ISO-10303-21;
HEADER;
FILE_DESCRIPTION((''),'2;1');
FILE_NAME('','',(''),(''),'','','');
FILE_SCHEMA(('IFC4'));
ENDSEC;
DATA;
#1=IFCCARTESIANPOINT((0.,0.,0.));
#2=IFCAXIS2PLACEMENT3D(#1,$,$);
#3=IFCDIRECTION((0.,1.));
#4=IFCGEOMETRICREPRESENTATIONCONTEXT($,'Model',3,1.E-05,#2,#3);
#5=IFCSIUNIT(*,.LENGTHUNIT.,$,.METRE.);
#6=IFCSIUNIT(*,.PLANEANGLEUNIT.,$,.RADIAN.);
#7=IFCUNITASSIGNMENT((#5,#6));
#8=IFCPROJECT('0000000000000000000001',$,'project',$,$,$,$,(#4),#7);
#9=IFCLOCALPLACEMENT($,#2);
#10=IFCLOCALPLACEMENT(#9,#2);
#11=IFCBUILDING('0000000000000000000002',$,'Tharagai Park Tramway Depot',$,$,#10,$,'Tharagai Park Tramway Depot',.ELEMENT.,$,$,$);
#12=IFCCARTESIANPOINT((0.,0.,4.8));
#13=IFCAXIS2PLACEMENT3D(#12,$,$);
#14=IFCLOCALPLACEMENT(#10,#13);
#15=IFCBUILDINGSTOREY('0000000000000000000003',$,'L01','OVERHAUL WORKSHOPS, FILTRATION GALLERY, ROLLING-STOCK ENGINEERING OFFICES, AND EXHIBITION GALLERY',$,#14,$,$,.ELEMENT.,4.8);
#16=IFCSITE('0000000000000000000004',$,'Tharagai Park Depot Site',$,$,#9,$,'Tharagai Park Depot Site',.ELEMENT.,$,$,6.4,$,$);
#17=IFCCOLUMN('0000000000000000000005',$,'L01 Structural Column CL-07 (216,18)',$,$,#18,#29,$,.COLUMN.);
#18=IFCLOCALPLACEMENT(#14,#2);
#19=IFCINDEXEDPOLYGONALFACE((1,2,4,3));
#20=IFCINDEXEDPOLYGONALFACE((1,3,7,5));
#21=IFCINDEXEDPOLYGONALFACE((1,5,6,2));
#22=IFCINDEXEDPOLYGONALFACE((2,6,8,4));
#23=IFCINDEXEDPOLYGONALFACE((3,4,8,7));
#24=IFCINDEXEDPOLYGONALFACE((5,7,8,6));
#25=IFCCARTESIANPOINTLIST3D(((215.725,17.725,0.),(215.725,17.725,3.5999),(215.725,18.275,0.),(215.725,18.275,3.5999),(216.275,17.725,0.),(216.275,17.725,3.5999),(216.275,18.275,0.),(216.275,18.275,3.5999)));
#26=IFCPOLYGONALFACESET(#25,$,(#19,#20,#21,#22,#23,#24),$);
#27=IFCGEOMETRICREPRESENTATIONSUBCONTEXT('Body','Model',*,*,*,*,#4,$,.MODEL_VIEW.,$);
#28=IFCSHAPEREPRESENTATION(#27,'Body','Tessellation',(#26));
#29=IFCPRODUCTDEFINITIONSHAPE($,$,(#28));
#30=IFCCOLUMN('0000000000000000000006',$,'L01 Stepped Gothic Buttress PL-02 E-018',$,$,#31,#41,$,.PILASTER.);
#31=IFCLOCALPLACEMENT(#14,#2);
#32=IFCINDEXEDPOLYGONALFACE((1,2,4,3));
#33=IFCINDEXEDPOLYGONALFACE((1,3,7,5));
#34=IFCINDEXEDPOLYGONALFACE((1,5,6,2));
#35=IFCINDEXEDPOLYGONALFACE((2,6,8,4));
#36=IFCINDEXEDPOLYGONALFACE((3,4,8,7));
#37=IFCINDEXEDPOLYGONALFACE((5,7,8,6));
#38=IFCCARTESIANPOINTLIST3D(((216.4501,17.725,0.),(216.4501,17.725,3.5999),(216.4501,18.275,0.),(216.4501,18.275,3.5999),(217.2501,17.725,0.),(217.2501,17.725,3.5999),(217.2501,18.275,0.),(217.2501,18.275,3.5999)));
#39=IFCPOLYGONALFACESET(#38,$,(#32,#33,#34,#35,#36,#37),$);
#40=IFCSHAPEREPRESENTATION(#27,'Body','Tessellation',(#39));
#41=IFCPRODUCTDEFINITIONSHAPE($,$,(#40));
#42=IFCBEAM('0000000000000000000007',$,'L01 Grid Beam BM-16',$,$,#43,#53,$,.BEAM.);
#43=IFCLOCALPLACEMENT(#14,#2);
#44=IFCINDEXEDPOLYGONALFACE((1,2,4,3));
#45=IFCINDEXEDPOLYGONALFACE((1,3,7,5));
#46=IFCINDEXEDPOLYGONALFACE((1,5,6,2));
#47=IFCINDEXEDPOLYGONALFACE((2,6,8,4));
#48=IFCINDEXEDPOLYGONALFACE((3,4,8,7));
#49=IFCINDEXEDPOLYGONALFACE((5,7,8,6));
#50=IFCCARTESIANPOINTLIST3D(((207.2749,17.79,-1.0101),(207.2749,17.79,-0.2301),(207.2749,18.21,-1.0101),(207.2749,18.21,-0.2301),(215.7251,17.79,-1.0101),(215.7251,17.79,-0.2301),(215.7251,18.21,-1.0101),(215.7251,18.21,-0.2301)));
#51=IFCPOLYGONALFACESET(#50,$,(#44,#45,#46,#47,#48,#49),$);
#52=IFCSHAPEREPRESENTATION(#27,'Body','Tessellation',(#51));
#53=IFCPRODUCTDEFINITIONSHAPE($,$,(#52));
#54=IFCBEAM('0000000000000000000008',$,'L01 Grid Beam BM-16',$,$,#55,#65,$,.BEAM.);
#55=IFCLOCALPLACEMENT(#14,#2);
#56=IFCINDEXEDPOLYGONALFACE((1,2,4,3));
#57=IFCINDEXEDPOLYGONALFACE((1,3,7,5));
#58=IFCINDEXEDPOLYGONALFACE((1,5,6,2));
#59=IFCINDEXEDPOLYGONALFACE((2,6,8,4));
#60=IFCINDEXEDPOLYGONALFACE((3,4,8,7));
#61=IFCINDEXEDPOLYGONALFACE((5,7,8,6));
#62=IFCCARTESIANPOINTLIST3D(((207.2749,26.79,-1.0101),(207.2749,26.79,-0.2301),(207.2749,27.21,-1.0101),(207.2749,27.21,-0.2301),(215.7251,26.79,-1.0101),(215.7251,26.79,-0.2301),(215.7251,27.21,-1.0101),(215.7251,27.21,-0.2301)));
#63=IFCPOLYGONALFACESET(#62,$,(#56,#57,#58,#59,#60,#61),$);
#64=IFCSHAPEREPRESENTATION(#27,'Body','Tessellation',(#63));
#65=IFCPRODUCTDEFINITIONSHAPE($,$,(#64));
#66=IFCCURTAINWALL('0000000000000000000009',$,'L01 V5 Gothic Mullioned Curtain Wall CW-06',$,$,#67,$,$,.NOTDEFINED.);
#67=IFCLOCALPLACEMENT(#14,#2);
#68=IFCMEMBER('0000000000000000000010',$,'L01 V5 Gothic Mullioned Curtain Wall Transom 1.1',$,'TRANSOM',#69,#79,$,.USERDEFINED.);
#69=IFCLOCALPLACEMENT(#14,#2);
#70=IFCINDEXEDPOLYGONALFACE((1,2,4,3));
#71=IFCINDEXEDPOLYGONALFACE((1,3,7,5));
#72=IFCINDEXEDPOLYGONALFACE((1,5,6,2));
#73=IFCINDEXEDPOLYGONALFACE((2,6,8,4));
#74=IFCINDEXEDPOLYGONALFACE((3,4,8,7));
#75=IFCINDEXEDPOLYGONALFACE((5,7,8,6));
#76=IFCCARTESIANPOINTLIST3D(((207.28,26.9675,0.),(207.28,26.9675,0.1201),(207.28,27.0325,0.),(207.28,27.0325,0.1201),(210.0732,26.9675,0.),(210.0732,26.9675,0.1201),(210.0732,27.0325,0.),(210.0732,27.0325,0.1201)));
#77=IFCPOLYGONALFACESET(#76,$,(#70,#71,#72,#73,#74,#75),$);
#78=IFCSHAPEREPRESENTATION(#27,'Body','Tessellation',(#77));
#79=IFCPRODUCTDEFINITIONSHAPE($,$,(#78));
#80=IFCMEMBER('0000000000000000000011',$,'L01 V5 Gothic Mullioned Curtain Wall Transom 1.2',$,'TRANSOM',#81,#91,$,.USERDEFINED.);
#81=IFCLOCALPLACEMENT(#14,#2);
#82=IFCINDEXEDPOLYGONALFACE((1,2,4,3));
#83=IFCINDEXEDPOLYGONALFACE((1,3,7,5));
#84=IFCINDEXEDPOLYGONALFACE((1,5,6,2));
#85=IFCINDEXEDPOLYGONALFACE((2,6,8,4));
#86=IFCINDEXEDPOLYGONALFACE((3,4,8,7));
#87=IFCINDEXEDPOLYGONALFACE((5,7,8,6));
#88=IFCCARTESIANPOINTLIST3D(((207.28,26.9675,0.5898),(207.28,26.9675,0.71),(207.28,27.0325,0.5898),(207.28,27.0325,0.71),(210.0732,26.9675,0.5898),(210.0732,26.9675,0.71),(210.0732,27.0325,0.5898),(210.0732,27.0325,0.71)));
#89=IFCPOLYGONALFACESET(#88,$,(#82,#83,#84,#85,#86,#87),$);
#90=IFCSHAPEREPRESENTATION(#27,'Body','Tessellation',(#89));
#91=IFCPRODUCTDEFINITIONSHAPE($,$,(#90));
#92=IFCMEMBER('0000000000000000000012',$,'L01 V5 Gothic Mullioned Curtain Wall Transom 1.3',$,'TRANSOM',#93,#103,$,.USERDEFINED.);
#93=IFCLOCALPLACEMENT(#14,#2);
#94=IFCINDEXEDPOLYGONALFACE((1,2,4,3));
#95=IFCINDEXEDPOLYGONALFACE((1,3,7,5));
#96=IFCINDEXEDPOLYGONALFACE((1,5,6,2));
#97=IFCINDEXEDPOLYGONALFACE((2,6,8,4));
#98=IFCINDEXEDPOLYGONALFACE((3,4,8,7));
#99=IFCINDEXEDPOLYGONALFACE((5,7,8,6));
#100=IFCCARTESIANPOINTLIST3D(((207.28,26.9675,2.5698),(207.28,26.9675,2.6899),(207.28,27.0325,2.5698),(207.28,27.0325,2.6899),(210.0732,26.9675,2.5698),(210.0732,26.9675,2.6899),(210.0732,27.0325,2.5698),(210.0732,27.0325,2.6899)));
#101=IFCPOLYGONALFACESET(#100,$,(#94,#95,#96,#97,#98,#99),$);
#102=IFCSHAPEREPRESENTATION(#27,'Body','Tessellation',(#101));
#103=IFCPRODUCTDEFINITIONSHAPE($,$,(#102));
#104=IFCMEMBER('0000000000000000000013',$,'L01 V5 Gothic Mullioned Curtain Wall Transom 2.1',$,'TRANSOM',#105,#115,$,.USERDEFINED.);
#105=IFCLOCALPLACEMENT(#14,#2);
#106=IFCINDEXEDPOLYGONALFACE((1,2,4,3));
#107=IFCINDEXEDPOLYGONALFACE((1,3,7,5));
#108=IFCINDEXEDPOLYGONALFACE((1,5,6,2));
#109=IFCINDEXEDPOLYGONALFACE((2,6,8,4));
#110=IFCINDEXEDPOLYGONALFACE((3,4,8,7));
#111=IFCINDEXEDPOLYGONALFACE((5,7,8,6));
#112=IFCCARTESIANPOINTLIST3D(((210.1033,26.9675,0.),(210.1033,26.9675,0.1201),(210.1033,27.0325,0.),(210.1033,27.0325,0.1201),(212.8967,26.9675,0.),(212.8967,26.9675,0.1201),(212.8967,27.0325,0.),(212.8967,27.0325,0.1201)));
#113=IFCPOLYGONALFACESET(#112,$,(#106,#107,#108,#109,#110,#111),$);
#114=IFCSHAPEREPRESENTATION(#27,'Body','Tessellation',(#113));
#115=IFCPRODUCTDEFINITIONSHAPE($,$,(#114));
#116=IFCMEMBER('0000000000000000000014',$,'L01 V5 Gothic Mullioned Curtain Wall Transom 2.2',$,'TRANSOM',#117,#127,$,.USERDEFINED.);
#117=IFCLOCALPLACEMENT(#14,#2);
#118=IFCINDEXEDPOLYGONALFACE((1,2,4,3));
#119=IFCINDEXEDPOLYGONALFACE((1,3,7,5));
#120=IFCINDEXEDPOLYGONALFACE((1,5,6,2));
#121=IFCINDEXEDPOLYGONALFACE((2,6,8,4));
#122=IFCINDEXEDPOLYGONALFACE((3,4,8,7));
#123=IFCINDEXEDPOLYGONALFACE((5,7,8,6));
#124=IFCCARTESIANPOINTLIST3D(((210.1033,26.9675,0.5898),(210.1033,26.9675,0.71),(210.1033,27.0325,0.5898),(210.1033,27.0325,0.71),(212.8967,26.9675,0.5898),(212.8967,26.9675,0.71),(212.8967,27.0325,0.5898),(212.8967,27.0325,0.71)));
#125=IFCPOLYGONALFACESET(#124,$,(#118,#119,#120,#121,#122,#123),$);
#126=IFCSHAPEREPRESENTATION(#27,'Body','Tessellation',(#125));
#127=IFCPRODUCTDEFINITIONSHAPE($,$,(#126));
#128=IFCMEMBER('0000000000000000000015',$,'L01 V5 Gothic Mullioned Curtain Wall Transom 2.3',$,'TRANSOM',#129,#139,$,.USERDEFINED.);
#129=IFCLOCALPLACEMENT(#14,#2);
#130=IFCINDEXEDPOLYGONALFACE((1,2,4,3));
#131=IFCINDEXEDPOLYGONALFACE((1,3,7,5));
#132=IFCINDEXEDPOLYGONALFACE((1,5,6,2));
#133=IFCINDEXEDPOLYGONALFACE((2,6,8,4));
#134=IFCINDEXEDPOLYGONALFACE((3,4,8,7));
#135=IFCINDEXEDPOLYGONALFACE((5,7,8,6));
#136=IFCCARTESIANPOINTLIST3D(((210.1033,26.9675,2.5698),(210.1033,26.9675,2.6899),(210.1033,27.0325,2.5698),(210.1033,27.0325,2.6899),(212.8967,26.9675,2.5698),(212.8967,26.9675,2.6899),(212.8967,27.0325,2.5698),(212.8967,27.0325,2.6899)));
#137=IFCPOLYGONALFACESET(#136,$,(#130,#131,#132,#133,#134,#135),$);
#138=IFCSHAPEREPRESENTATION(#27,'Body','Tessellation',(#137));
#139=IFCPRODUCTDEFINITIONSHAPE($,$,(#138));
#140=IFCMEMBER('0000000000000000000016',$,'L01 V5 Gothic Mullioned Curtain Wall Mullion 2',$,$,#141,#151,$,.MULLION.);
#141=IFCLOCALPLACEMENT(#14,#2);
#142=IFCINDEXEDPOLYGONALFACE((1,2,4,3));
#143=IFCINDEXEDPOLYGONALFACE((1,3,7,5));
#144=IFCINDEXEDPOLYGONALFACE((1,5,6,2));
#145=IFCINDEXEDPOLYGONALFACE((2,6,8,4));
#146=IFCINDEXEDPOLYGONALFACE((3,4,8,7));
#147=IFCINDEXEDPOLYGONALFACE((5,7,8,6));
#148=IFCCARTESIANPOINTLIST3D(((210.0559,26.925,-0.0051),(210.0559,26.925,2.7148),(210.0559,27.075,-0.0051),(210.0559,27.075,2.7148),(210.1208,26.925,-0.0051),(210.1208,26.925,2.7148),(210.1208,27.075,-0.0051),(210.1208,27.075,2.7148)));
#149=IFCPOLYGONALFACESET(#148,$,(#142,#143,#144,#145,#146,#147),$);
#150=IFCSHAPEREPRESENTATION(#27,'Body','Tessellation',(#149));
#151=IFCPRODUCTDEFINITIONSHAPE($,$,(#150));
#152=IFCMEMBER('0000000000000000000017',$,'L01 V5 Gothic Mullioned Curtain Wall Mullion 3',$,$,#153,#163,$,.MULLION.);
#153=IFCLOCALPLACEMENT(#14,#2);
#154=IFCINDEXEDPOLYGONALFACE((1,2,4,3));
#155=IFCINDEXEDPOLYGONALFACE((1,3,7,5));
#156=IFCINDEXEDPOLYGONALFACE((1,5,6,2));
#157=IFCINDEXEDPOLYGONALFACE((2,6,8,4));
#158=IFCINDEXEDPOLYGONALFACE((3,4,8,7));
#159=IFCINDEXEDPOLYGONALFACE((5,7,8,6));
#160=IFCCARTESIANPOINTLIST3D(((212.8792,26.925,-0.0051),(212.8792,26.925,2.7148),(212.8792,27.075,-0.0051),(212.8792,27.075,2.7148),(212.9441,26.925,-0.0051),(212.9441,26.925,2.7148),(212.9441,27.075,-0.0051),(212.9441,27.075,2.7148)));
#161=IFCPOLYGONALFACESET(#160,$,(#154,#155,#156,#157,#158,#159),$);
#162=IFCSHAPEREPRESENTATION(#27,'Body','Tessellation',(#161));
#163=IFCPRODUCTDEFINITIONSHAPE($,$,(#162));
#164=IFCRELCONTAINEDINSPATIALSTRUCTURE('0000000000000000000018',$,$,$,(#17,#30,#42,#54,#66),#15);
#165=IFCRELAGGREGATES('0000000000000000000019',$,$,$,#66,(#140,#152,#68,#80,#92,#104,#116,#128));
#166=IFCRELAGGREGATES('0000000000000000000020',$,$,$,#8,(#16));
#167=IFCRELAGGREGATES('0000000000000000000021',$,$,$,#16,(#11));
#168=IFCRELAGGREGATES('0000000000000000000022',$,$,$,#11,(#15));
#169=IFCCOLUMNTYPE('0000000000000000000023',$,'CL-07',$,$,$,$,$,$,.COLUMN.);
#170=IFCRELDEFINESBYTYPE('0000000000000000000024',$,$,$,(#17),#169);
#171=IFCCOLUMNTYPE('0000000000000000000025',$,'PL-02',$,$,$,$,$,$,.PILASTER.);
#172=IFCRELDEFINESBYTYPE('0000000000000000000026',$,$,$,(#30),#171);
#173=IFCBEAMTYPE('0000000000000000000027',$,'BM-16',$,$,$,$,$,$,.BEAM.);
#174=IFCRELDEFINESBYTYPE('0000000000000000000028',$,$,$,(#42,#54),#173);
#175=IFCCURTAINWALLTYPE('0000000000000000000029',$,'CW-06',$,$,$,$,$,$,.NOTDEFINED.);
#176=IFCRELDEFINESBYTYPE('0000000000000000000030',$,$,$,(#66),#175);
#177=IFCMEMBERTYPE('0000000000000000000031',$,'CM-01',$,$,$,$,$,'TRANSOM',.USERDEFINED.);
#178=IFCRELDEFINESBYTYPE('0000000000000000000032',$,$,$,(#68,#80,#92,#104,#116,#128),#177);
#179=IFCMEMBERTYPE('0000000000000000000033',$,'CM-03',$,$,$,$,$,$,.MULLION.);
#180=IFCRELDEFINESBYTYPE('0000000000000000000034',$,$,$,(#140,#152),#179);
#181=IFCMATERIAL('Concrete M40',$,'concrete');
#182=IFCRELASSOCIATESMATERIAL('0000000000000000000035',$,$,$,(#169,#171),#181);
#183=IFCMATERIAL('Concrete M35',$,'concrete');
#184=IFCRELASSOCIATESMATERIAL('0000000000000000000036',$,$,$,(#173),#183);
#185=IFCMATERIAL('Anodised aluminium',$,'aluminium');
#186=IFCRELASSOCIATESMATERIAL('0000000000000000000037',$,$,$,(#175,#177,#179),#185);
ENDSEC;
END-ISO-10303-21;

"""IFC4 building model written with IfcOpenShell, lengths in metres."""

from ifc_helpers import new_model, si_unit, direction, frame, origin, origin_2d, place, context, subcontext, project, spatial, rectangle, extrude, material, material_profile, profile_set, type_object, element, aggregate, save


model = new_model("IFC4")

# Units and contexts
model_context = context("Model", 3, precision=1e-05, world=origin(), true_north=direction((0.0, 1.0)))
body_context = subcontext(model_context, "Body", "Model", "MODEL_VIEW")
ifc_project = project(units=[si_unit("LENGTHUNIT", "METRE"), si_unit("PLANEANGLEUNIT", "RADIAN")], contexts=[model_context])

# Site, building, storey
site_placement = place(None, origin())
site = spatial("IfcSite", under=ifc_project, at=site_placement, Name="Tharagai Park Depot Site", LongName="Tharagai Park Depot Site", CompositionType="ELEMENT", RefElevation=6.4)
building_placement = place(site_placement, origin())
building = spatial("IfcBuilding", under=site, at=building_placement, Name="Tharagai Park Tramway Depot", LongName="Tharagai Park Tramway Depot", CompositionType="ELEMENT")
storey_placement = place(building_placement, frame((0.0, 0.0, 4.8)))
storey = spatial("IfcBuildingStorey", under=building, at=storey_placement, Name="L01", Description="OVERHAUL WORKSHOPS, FILTRATION GALLERY, ROLLING-STOCK ENGINEERING OFFICES, AND EXHIBITION GALLERY", CompositionType="ELEMENT", Elevation=4.8)

# Columns
ifc_material_1 = material(Name="Concrete M40", Category="concrete")
ifc_material_profile_1 = material_profile(ifc_material_1, rectangle(XDim=0.55, YDim=0.55, at=origin_2d()), Name="RC 550x550")
ifc_profile_set_1 = profile_set([ifc_material_profile_1], Name="Concrete M40")
column_type_1 = type_object("IfcColumnType", Name="CL-07", PredefinedType="COLUMN", material=ifc_profile_set_1)
column_1_placement = place(storey_placement, frame((216.0, 18.0, 0.0), z_axis=(0.0, 0.0, 1.0), x_axis=(1.0, 0.0, 0.0)))
element("IfcColumn", 1, at=column_1_placement, inside=storey, type_object=column_type_1, Name="L01 Structural Column CL-07 (216,18)", PredefinedType="COLUMN", context=body_context, shape_type="SweptSolid", body=[
    extrude(rectangle(XDim=0.55, YDim=0.55, at=origin_2d()), origin(), (0.0, 0.0, 1.0), 3.5999),
])
ifc_material_profile_2 = material_profile(ifc_material_1, rectangle(XDim=0.55, YDim=0.8, at=origin_2d()), Name="RC 550x800")
ifc_profile_set_2 = profile_set([ifc_material_profile_2], Name="Concrete M40")
column_type_2 = type_object("IfcColumnType", Name="PL-02", PredefinedType="PILASTER", material=ifc_profile_set_2)
column_2_placement = place(storey_placement, frame((216.8501, 18.0, 0.0), z_axis=(0.0, 0.0, 1.0), x_axis=(0.0, 1.0, 0.0)))
element("IfcColumn", 2, at=column_2_placement, inside=storey, type_object=column_type_2, Name="L01 Stepped Gothic Buttress PL-02 E-018", PredefinedType="PILASTER", context=body_context, shape_type="SweptSolid", body=[
    extrude(rectangle(XDim=0.55, YDim=0.8, at=origin_2d()), origin(), (0.0, 0.0, 1.0), 3.5999),
])

# Beams
ifc_material_2 = material(Name="Concrete M35", Category="concrete")
ifc_material_profile_3 = material_profile(ifc_material_2, rectangle(XDim=0.4199, YDim=0.78, at=origin_2d()), Name="RC 420x780")
ifc_profile_set_3 = profile_set([ifc_material_profile_3], Name="Concrete M35")
beam_type_1 = type_object("IfcBeamType", Name="BM-16", PredefinedType="BEAM", material=ifc_profile_set_3)
for number, where, z_axis, x_axis, name in (
    (3, (207.2749, 18.0, -0.6201), (1.0, 0.0, 0.0), (0.0, 1.0, 0.0), "L01 Grid Beam BM-16"),
    (4, (207.2749, 27.0, -0.6201), (1.0, 0.0, 0.0), (0.0, 1.0, 0.0), "L01 Grid Beam BM-16"),
):
    element("IfcBeam", number, at=place(storey_placement, frame(where, z_axis=z_axis, x_axis=x_axis)), inside=storey, type_object=beam_type_1, Name=name, PredefinedType="BEAM", context=body_context, shape_type="SweptSolid", body=[
        extrude(rectangle(XDim=0.4199, YDim=0.78, at=origin_2d()), origin(), (0.0, 0.0, 1.0), 8.4502),
    ])

# Curtain wall, members
ifc_material_3 = material(Name="Anodised aluminium", Category="aluminium")
curtain_wall_type = type_object("IfcCurtainWallType", Name="CW-06", PredefinedType="NOTDEFINED", material=ifc_material_3)
curtain_wall_placement = place(storey_placement, origin())
curtain_wall = element("IfcCurtainWall", 5, at=curtain_wall_placement, inside=storey, type_object=curtain_wall_type, Name="L01 V5 Gothic Mullioned Curtain Wall CW-06", PredefinedType="NOTDEFINED")
ifc_material_profile_4 = material_profile(ifc_material_3, rectangle(XDim=0.0649, YDim=0.1201, at=origin_2d()), Name="ALU 65x120")
ifc_profile_set_4 = profile_set([ifc_material_profile_4], Name="Anodised aluminium")
member_type_1 = type_object("IfcMemberType", Name="CM-01", ElementType="TRANSOM", PredefinedType="USERDEFINED", material=ifc_profile_set_4)
member_1_placement = place(storey_placement, frame((207.28, 27.0, 0.0601), z_axis=(1.0, 0.0, 0.0), x_axis=(0.0, 1.0, 0.0)))
member_1 = element("IfcMember", 6, at=member_1_placement, type_object=member_type_1, Name="L01 V5 Gothic Mullioned Curtain Wall Transom 1.1", ObjectType="TRANSOM", PredefinedType="USERDEFINED", context=body_context, shape_type="SweptSolid", body=[
    extrude(rectangle(XDim=0.0649, YDim=0.1201, at=origin_2d()), origin(), (0.0, 0.0, 1.0), 2.7932),
])
member_2_placement = place(storey_placement, frame((207.28, 27.0, 0.6499), z_axis=(1.0, 0.0, 0.0), x_axis=(0.0, 1.0, 0.0)))
member_2 = element("IfcMember", 7, at=member_2_placement, type_object=member_type_1, Name="L01 V5 Gothic Mullioned Curtain Wall Transom 1.2", ObjectType="TRANSOM", PredefinedType="USERDEFINED", context=body_context, shape_type="SweptSolid", body=[
    extrude(rectangle(XDim=0.0649, YDim=0.1201, at=origin_2d()), origin(), (0.0, 0.0, 1.0), 2.7932),
])
member_3_placement = place(storey_placement, frame((207.28, 27.0, 2.6299), z_axis=(1.0, 0.0, 0.0), x_axis=(0.0, 1.0, 0.0)))
member_3 = element("IfcMember", 8, at=member_3_placement, type_object=member_type_1, Name="L01 V5 Gothic Mullioned Curtain Wall Transom 1.3", ObjectType="TRANSOM", PredefinedType="USERDEFINED", context=body_context, shape_type="SweptSolid", body=[
    extrude(rectangle(XDim=0.0649, YDim=0.1201, at=origin_2d()), origin(), (0.0, 0.0, 1.0), 2.7932),
])
member_4_placement = place(storey_placement, frame((210.1033, 27.0, 0.0601), z_axis=(1.0, 0.0, 0.0), x_axis=(0.0, 1.0, 0.0)))
member_4 = element("IfcMember", 9, at=member_4_placement, type_object=member_type_1, Name="L01 V5 Gothic Mullioned Curtain Wall Transom 2.1", ObjectType="TRANSOM", PredefinedType="USERDEFINED", context=body_context, shape_type="SweptSolid", body=[
    extrude(rectangle(XDim=0.0649, YDim=0.1201, at=origin_2d()), origin(), (0.0, 0.0, 1.0), 2.7935),
])
member_5_placement = place(storey_placement, frame((210.1033, 27.0, 0.6499), z_axis=(1.0, 0.0, 0.0), x_axis=(0.0, 1.0, 0.0)))
member_5 = element("IfcMember", 10, at=member_5_placement, type_object=member_type_1, Name="L01 V5 Gothic Mullioned Curtain Wall Transom 2.2", ObjectType="TRANSOM", PredefinedType="USERDEFINED", context=body_context, shape_type="SweptSolid", body=[
    extrude(rectangle(XDim=0.0649, YDim=0.1201, at=origin_2d()), origin(), (0.0, 0.0, 1.0), 2.7935),
])
member_6_placement = place(storey_placement, frame((210.1033, 27.0, 2.6299), z_axis=(1.0, 0.0, 0.0), x_axis=(0.0, 1.0, 0.0)))
member_6 = element("IfcMember", 11, at=member_6_placement, type_object=member_type_1, Name="L01 V5 Gothic Mullioned Curtain Wall Transom 2.3", ObjectType="TRANSOM", PredefinedType="USERDEFINED", context=body_context, shape_type="SweptSolid", body=[
    extrude(rectangle(XDim=0.0649, YDim=0.1201, at=origin_2d()), origin(), (0.0, 0.0, 1.0), 2.7935),
])
ifc_material_profile_5 = material_profile(ifc_material_3, rectangle(XDim=0.0649, YDim=0.1499, at=origin_2d()), Name="ALU 65x150")
ifc_profile_set_5 = profile_set([ifc_material_profile_5], Name="Anodised aluminium")
member_type_2 = type_object("IfcMemberType", Name="CM-03", PredefinedType="MULLION", material=ifc_profile_set_5)
member_7_placement = place(storey_placement, frame((210.0884, 27.0, -0.0051), z_axis=(0.0, 0.0, 1.0), x_axis=(1.0, 0.0, 0.0)))
member_7 = element("IfcMember", 12, at=member_7_placement, type_object=member_type_2, Name="L01 V5 Gothic Mullioned Curtain Wall Mullion 2", PredefinedType="MULLION", context=body_context, shape_type="SweptSolid", body=[
    extrude(rectangle(XDim=0.0649, YDim=0.1499, at=origin_2d()), origin(), (0.0, 0.0, 1.0), 2.72),
])
member_8_placement = place(storey_placement, frame((212.9116, 27.0, -0.0051), z_axis=(0.0, 0.0, 1.0), x_axis=(1.0, 0.0, 0.0)))
member_8 = element("IfcMember", 13, at=member_8_placement, type_object=member_type_2, Name="L01 V5 Gothic Mullioned Curtain Wall Mullion 3", PredefinedType="MULLION", context=body_context, shape_type="SweptSolid", body=[
    extrude(rectangle(XDim=0.0649, YDim=0.1499, at=origin_2d()), origin(), (0.0, 0.0, 1.0), 2.72),
])

aggregate(curtain_wall, [member_7, member_8, member_1, member_2, member_3, member_4, member_5, member_6])

save(model, "model.ifc")
